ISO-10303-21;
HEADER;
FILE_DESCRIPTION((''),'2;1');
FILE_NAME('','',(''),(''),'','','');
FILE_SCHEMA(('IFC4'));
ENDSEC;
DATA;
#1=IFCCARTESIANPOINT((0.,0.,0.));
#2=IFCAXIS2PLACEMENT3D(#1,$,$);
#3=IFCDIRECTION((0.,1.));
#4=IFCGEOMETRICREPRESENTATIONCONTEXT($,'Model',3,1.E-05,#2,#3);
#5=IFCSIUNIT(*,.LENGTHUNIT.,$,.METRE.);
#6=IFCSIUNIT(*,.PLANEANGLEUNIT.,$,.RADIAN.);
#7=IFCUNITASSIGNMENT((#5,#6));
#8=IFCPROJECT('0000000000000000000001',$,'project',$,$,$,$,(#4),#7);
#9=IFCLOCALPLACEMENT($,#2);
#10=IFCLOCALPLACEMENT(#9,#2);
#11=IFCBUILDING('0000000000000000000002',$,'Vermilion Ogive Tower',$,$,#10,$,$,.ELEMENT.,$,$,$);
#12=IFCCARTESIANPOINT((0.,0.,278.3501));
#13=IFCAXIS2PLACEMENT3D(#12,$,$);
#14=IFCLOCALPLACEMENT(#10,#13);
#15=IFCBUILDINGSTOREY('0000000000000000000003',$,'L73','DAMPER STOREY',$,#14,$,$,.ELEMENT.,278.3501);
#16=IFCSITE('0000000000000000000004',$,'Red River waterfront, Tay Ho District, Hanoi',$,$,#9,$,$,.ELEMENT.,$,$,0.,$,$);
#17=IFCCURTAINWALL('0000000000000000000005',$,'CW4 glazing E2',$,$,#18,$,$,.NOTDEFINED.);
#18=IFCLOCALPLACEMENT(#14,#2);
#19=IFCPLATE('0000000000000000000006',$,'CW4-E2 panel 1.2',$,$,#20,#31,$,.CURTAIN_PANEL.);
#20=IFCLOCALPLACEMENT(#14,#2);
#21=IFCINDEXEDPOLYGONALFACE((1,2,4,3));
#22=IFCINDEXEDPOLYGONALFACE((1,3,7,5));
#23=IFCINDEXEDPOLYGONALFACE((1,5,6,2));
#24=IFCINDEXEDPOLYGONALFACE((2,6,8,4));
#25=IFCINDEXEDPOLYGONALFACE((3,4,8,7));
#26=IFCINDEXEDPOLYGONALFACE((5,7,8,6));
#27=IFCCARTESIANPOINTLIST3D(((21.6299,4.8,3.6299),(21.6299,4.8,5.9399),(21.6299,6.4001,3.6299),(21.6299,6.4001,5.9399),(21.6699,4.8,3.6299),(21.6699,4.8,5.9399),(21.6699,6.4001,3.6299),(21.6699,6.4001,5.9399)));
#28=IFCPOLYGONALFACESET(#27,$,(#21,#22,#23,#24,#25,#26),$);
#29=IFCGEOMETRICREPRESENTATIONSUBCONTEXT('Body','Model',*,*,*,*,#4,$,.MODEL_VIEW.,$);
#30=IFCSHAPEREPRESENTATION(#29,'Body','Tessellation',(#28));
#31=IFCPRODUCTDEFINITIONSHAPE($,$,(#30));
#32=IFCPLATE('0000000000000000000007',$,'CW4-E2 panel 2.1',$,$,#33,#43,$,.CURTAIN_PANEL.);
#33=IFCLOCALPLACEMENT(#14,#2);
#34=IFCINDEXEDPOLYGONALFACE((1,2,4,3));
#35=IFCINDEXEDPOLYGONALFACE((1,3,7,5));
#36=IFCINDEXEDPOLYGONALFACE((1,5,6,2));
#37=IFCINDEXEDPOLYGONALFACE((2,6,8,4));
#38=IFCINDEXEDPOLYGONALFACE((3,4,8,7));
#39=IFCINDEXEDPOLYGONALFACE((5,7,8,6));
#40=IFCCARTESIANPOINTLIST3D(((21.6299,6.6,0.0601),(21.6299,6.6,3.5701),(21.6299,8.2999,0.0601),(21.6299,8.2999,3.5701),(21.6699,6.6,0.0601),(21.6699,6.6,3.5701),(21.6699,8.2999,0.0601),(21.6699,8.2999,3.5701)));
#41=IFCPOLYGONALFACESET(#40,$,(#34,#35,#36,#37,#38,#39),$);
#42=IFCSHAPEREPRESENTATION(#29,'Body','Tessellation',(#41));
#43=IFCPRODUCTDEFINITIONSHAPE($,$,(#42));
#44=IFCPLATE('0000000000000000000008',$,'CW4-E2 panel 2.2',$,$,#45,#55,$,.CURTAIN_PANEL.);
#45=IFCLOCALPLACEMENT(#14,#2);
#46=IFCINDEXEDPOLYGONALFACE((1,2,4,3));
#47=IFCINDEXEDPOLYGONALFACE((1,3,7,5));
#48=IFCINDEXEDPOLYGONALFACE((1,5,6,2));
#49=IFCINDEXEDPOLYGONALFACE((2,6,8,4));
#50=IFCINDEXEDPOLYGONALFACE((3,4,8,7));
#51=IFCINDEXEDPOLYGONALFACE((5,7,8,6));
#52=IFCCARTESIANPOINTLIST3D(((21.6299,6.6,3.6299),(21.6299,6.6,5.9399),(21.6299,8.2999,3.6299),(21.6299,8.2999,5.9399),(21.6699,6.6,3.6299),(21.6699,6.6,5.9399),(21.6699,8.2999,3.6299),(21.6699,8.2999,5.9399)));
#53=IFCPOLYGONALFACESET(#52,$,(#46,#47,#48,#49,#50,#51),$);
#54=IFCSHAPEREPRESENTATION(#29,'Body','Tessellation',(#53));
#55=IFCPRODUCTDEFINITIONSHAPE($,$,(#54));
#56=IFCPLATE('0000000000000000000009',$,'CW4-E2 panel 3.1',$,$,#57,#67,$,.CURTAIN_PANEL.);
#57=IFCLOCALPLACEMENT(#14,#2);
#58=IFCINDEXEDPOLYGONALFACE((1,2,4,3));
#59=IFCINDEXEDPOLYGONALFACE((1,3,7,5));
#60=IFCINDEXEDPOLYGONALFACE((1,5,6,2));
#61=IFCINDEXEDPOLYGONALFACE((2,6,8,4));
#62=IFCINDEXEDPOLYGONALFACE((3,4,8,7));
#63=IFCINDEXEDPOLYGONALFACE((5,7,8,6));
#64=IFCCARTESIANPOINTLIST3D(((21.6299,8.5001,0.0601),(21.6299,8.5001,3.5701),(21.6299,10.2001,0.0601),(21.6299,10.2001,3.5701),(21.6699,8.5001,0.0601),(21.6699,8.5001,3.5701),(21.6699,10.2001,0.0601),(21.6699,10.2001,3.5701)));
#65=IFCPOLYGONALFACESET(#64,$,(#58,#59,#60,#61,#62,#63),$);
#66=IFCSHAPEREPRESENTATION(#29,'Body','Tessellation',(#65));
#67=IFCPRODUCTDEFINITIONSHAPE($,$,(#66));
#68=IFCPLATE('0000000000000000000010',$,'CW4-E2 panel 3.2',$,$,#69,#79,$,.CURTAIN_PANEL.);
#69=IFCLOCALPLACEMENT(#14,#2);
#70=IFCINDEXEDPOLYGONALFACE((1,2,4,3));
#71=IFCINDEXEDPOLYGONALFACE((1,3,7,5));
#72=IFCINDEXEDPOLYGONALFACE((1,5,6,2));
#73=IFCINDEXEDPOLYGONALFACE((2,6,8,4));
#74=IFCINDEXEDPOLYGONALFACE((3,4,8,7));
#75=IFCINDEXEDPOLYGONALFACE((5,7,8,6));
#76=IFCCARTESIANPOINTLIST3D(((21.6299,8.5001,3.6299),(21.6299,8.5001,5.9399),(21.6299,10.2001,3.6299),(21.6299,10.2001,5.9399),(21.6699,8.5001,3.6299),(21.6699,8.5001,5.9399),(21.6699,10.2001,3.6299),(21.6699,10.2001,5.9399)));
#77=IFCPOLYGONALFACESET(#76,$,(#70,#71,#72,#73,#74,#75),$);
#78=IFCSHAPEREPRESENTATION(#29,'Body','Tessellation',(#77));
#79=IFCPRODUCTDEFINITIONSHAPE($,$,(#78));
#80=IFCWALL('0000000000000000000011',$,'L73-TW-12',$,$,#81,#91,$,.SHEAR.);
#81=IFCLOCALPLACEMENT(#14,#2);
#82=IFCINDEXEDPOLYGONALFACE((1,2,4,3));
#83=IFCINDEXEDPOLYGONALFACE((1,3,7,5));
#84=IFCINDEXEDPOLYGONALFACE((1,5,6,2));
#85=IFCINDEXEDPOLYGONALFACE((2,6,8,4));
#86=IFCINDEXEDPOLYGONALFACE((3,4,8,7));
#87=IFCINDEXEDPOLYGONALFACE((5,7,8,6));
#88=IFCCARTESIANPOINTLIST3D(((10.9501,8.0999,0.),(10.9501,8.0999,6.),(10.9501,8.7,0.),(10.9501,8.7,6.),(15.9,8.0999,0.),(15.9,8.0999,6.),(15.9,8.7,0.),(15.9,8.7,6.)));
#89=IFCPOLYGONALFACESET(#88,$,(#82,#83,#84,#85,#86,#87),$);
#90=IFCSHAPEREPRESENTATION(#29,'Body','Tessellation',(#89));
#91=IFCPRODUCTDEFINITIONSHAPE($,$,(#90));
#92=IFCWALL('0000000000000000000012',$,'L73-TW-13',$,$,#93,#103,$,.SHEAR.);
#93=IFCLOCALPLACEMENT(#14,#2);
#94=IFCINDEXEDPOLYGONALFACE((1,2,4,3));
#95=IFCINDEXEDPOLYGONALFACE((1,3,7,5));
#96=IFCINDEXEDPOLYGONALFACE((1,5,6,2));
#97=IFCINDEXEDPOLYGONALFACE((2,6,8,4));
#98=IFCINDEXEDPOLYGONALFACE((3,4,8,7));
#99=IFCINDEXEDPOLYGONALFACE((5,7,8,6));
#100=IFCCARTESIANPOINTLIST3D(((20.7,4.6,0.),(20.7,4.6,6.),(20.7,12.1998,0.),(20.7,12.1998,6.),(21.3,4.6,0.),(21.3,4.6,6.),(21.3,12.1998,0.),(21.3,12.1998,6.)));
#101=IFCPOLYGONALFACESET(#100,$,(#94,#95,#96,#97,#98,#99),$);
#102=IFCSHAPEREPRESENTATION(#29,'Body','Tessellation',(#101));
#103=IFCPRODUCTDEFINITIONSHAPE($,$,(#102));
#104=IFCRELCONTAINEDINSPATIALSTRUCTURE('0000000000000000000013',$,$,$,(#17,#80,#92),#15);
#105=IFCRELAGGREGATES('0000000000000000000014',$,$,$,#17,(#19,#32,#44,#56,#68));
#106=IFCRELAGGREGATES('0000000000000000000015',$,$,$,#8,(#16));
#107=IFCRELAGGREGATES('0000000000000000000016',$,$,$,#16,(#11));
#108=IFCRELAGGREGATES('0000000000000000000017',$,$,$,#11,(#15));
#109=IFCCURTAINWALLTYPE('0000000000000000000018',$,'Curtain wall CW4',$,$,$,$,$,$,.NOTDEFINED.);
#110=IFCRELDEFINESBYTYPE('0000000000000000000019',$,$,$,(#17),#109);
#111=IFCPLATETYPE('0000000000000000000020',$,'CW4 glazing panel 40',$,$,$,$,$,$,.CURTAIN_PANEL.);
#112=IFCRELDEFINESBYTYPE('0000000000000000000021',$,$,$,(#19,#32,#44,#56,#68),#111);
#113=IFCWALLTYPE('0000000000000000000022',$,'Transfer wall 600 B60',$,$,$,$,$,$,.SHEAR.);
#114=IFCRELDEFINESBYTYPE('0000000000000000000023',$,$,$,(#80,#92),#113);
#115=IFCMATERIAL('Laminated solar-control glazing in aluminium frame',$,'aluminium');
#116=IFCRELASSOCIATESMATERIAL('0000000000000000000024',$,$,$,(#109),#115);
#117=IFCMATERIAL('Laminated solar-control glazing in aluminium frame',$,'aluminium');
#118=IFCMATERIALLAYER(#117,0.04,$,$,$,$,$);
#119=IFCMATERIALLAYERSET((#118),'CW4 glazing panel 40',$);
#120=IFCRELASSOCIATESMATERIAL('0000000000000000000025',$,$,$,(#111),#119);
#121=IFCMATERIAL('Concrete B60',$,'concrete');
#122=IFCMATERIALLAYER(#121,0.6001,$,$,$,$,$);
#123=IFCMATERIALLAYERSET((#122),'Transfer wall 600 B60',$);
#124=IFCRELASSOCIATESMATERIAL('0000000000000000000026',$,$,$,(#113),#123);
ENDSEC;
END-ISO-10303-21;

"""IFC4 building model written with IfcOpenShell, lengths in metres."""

from ifc_helpers import new_model, si_unit, direction, frame, frame_2d, origin, origin_2d, place, context, subcontext, project, spatial, rectangle, extrude, material, layer, layer_set, type_object, element, aggregate, save


model = new_model("IFC4")

# Units and contexts
model_context = context("Model", 3, precision=1e-05, world=origin(), true_north=direction((0.0, 1.0)))
body_context = subcontext(model_context, "Body", "Model", "MODEL_VIEW")
ifc_project = project(units=[si_unit("LENGTHUNIT", "METRE"), si_unit("PLANEANGLEUNIT", "RADIAN")], contexts=[model_context])

# Site, building, storey
site_placement = place(None, origin())
site = spatial("IfcSite", under=ifc_project, at=site_placement, Name="Red River waterfront, Tay Ho District, Hanoi", CompositionType="ELEMENT", RefElevation=0.0)
building_placement = place(site_placement, origin())
building = spatial("IfcBuilding", under=site, at=building_placement, Name="Vermilion Ogive Tower", CompositionType="ELEMENT")
storey_placement = place(building_placement, frame((0.0, 0.0, 278.3501)))
storey = spatial("IfcBuildingStorey", under=building, at=storey_placement, Name="L73", Description="DAMPER STOREY", CompositionType="ELEMENT", Elevation=278.3501)

# Curtain wall
ifc_material_1 = material(Name="Laminated solar-control glazing in aluminium frame", Category="aluminium")
curtain_wall_type = type_object("IfcCurtainWallType", Name="Curtain wall CW4", PredefinedType="NOTDEFINED", material=ifc_material_1)
curtain_wall_1_placement = place(storey_placement, origin())
curtain_wall_1 = element("IfcCurtainWall", 1, at=curtain_wall_1_placement, inside=storey, type_object=curtain_wall_type, Name="CW4 glazing E2", PredefinedType="NOTDEFINED")

# Plates
ifc_material_2 = material(Name="Laminated solar-control glazing in aluminium frame", Category="aluminium")
ifc_layer_1 = layer(ifc_material_2, 0.04)
ifc_layer_set_1 = layer_set([ifc_layer_1], Name="CW4 glazing panel 40")
plate_type = type_object("IfcPlateType", Name="CW4 glazing panel 40", PredefinedType="CURTAIN_PANEL", material=ifc_layer_set_1)
plate_1_placement = place(storey_placement, frame((21.6499, 5.6001, 3.6299), z_axis=(0.0, 0.0, 1.0), x_axis=(0.0, 1.0, 0.0)))
plate_1 = element("IfcPlate", 2, at=plate_1_placement, type_object=plate_type, Name="CW4-E2 panel 1.2", PredefinedType="CURTAIN_PANEL", context=body_context, shape_type="SweptSolid", body=[
    extrude(rectangle(XDim=1.6001, YDim=0.04, at=origin_2d()), origin(), (0.0, 0.0, 1.0), 2.3101),
])
plate_2_placement = place(storey_placement, frame((21.6499, 7.45, 0.0601), z_axis=(0.0, 0.0, 1.0), x_axis=(0.0, 1.0, 0.0)))
plate_2 = element("IfcPlate", 3, at=plate_2_placement, type_object=plate_type, Name="CW4-E2 panel 2.1", PredefinedType="CURTAIN_PANEL", context=body_context, shape_type="SweptSolid", body=[
    extrude(rectangle(XDim=1.7, YDim=0.04, at=origin_2d()), origin(), (0.0, 0.0, 1.0), 3.51),
])
plate_3_placement = place(storey_placement, frame((21.6499, 7.45, 3.6299), z_axis=(0.0, 0.0, 1.0), x_axis=(0.0, 1.0, 0.0)))
plate_3 = element("IfcPlate", 4, at=plate_3_placement, type_object=plate_type, Name="CW4-E2 panel 2.2", PredefinedType="CURTAIN_PANEL", context=body_context, shape_type="SweptSolid", body=[
    extrude(rectangle(XDim=1.7, YDim=0.04, at=origin_2d()), origin(), (0.0, 0.0, 1.0), 2.3101),
])
plate_4_placement = place(storey_placement, frame((21.6499, 9.3501, 0.0601), z_axis=(0.0, 0.0, 1.0), x_axis=(0.0, 1.0, 0.0)))
plate_4 = element("IfcPlate", 5, at=plate_4_placement, type_object=plate_type, Name="CW4-E2 panel 3.1", PredefinedType="CURTAIN_PANEL", context=body_context, shape_type="SweptSolid", body=[
    extrude(rectangle(XDim=1.7, YDim=0.04, at=origin_2d()), origin(), (0.0, 0.0, 1.0), 3.51),
])
plate_5_placement = place(storey_placement, frame((21.6499, 9.3501, 3.6299), z_axis=(0.0, 0.0, 1.0), x_axis=(0.0, 1.0, 0.0)))
plate_5 = element("IfcPlate", 6, at=plate_5_placement, type_object=plate_type, Name="CW4-E2 panel 3.2", PredefinedType="CURTAIN_PANEL", context=body_context, shape_type="SweptSolid", body=[
    extrude(rectangle(XDim=1.7, YDim=0.04, at=origin_2d()), origin(), (0.0, 0.0, 1.0), 2.3101),
])
aggregate(curtain_wall_1, [plate_1, plate_2, plate_3, plate_4, plate_5])

# Walls
ifc_material_3 = material(Name="Concrete B60", Category="concrete")
ifc_layer_2 = layer(ifc_material_3, 0.6001)
ifc_layer_set_2 = layer_set([ifc_layer_2], Name="Transfer wall 600 B60")
wall_type = type_object("IfcWallType", Name="Transfer wall 600 B60", PredefinedType="SHEAR", material=ifc_layer_set_2)
wall_1_placement = place(storey_placement, frame((10.95, 8.3999, 0.0), z_axis=(0.0, 0.0, 1.0), x_axis=(1.0, 0.0, 0.0)))
element("IfcWall", 7, at=wall_1_placement, inside=storey, type_object=wall_type, Name="L73-TW-12", PredefinedType="SHEAR", context=body_context, shape_type="SweptSolid", body=[
    extrude(rectangle(XDim=4.95, YDim=0.6001, at=frame_2d((2.4751, 0.0))), origin(), (0.0, 0.0, 1.0), 6.0),
])
wall_2_placement = place(storey_placement, frame((21.0, 4.6001, 0.0), z_axis=(0.0, 0.0, 1.0), x_axis=(0.0, 1.0, 0.0)))
element("IfcWall", 8, at=wall_2_placement, inside=storey, type_object=wall_type, Name="L73-TW-13", PredefinedType="SHEAR", context=body_context, shape_type="SweptSolid", body=[
    extrude(rectangle(XDim=7.5999, YDim=0.6001, at=frame_2d((3.7998, 0.0))), origin(), (0.0, 0.0, 1.0), 6.0),
])

save(model, "model.ifc")
